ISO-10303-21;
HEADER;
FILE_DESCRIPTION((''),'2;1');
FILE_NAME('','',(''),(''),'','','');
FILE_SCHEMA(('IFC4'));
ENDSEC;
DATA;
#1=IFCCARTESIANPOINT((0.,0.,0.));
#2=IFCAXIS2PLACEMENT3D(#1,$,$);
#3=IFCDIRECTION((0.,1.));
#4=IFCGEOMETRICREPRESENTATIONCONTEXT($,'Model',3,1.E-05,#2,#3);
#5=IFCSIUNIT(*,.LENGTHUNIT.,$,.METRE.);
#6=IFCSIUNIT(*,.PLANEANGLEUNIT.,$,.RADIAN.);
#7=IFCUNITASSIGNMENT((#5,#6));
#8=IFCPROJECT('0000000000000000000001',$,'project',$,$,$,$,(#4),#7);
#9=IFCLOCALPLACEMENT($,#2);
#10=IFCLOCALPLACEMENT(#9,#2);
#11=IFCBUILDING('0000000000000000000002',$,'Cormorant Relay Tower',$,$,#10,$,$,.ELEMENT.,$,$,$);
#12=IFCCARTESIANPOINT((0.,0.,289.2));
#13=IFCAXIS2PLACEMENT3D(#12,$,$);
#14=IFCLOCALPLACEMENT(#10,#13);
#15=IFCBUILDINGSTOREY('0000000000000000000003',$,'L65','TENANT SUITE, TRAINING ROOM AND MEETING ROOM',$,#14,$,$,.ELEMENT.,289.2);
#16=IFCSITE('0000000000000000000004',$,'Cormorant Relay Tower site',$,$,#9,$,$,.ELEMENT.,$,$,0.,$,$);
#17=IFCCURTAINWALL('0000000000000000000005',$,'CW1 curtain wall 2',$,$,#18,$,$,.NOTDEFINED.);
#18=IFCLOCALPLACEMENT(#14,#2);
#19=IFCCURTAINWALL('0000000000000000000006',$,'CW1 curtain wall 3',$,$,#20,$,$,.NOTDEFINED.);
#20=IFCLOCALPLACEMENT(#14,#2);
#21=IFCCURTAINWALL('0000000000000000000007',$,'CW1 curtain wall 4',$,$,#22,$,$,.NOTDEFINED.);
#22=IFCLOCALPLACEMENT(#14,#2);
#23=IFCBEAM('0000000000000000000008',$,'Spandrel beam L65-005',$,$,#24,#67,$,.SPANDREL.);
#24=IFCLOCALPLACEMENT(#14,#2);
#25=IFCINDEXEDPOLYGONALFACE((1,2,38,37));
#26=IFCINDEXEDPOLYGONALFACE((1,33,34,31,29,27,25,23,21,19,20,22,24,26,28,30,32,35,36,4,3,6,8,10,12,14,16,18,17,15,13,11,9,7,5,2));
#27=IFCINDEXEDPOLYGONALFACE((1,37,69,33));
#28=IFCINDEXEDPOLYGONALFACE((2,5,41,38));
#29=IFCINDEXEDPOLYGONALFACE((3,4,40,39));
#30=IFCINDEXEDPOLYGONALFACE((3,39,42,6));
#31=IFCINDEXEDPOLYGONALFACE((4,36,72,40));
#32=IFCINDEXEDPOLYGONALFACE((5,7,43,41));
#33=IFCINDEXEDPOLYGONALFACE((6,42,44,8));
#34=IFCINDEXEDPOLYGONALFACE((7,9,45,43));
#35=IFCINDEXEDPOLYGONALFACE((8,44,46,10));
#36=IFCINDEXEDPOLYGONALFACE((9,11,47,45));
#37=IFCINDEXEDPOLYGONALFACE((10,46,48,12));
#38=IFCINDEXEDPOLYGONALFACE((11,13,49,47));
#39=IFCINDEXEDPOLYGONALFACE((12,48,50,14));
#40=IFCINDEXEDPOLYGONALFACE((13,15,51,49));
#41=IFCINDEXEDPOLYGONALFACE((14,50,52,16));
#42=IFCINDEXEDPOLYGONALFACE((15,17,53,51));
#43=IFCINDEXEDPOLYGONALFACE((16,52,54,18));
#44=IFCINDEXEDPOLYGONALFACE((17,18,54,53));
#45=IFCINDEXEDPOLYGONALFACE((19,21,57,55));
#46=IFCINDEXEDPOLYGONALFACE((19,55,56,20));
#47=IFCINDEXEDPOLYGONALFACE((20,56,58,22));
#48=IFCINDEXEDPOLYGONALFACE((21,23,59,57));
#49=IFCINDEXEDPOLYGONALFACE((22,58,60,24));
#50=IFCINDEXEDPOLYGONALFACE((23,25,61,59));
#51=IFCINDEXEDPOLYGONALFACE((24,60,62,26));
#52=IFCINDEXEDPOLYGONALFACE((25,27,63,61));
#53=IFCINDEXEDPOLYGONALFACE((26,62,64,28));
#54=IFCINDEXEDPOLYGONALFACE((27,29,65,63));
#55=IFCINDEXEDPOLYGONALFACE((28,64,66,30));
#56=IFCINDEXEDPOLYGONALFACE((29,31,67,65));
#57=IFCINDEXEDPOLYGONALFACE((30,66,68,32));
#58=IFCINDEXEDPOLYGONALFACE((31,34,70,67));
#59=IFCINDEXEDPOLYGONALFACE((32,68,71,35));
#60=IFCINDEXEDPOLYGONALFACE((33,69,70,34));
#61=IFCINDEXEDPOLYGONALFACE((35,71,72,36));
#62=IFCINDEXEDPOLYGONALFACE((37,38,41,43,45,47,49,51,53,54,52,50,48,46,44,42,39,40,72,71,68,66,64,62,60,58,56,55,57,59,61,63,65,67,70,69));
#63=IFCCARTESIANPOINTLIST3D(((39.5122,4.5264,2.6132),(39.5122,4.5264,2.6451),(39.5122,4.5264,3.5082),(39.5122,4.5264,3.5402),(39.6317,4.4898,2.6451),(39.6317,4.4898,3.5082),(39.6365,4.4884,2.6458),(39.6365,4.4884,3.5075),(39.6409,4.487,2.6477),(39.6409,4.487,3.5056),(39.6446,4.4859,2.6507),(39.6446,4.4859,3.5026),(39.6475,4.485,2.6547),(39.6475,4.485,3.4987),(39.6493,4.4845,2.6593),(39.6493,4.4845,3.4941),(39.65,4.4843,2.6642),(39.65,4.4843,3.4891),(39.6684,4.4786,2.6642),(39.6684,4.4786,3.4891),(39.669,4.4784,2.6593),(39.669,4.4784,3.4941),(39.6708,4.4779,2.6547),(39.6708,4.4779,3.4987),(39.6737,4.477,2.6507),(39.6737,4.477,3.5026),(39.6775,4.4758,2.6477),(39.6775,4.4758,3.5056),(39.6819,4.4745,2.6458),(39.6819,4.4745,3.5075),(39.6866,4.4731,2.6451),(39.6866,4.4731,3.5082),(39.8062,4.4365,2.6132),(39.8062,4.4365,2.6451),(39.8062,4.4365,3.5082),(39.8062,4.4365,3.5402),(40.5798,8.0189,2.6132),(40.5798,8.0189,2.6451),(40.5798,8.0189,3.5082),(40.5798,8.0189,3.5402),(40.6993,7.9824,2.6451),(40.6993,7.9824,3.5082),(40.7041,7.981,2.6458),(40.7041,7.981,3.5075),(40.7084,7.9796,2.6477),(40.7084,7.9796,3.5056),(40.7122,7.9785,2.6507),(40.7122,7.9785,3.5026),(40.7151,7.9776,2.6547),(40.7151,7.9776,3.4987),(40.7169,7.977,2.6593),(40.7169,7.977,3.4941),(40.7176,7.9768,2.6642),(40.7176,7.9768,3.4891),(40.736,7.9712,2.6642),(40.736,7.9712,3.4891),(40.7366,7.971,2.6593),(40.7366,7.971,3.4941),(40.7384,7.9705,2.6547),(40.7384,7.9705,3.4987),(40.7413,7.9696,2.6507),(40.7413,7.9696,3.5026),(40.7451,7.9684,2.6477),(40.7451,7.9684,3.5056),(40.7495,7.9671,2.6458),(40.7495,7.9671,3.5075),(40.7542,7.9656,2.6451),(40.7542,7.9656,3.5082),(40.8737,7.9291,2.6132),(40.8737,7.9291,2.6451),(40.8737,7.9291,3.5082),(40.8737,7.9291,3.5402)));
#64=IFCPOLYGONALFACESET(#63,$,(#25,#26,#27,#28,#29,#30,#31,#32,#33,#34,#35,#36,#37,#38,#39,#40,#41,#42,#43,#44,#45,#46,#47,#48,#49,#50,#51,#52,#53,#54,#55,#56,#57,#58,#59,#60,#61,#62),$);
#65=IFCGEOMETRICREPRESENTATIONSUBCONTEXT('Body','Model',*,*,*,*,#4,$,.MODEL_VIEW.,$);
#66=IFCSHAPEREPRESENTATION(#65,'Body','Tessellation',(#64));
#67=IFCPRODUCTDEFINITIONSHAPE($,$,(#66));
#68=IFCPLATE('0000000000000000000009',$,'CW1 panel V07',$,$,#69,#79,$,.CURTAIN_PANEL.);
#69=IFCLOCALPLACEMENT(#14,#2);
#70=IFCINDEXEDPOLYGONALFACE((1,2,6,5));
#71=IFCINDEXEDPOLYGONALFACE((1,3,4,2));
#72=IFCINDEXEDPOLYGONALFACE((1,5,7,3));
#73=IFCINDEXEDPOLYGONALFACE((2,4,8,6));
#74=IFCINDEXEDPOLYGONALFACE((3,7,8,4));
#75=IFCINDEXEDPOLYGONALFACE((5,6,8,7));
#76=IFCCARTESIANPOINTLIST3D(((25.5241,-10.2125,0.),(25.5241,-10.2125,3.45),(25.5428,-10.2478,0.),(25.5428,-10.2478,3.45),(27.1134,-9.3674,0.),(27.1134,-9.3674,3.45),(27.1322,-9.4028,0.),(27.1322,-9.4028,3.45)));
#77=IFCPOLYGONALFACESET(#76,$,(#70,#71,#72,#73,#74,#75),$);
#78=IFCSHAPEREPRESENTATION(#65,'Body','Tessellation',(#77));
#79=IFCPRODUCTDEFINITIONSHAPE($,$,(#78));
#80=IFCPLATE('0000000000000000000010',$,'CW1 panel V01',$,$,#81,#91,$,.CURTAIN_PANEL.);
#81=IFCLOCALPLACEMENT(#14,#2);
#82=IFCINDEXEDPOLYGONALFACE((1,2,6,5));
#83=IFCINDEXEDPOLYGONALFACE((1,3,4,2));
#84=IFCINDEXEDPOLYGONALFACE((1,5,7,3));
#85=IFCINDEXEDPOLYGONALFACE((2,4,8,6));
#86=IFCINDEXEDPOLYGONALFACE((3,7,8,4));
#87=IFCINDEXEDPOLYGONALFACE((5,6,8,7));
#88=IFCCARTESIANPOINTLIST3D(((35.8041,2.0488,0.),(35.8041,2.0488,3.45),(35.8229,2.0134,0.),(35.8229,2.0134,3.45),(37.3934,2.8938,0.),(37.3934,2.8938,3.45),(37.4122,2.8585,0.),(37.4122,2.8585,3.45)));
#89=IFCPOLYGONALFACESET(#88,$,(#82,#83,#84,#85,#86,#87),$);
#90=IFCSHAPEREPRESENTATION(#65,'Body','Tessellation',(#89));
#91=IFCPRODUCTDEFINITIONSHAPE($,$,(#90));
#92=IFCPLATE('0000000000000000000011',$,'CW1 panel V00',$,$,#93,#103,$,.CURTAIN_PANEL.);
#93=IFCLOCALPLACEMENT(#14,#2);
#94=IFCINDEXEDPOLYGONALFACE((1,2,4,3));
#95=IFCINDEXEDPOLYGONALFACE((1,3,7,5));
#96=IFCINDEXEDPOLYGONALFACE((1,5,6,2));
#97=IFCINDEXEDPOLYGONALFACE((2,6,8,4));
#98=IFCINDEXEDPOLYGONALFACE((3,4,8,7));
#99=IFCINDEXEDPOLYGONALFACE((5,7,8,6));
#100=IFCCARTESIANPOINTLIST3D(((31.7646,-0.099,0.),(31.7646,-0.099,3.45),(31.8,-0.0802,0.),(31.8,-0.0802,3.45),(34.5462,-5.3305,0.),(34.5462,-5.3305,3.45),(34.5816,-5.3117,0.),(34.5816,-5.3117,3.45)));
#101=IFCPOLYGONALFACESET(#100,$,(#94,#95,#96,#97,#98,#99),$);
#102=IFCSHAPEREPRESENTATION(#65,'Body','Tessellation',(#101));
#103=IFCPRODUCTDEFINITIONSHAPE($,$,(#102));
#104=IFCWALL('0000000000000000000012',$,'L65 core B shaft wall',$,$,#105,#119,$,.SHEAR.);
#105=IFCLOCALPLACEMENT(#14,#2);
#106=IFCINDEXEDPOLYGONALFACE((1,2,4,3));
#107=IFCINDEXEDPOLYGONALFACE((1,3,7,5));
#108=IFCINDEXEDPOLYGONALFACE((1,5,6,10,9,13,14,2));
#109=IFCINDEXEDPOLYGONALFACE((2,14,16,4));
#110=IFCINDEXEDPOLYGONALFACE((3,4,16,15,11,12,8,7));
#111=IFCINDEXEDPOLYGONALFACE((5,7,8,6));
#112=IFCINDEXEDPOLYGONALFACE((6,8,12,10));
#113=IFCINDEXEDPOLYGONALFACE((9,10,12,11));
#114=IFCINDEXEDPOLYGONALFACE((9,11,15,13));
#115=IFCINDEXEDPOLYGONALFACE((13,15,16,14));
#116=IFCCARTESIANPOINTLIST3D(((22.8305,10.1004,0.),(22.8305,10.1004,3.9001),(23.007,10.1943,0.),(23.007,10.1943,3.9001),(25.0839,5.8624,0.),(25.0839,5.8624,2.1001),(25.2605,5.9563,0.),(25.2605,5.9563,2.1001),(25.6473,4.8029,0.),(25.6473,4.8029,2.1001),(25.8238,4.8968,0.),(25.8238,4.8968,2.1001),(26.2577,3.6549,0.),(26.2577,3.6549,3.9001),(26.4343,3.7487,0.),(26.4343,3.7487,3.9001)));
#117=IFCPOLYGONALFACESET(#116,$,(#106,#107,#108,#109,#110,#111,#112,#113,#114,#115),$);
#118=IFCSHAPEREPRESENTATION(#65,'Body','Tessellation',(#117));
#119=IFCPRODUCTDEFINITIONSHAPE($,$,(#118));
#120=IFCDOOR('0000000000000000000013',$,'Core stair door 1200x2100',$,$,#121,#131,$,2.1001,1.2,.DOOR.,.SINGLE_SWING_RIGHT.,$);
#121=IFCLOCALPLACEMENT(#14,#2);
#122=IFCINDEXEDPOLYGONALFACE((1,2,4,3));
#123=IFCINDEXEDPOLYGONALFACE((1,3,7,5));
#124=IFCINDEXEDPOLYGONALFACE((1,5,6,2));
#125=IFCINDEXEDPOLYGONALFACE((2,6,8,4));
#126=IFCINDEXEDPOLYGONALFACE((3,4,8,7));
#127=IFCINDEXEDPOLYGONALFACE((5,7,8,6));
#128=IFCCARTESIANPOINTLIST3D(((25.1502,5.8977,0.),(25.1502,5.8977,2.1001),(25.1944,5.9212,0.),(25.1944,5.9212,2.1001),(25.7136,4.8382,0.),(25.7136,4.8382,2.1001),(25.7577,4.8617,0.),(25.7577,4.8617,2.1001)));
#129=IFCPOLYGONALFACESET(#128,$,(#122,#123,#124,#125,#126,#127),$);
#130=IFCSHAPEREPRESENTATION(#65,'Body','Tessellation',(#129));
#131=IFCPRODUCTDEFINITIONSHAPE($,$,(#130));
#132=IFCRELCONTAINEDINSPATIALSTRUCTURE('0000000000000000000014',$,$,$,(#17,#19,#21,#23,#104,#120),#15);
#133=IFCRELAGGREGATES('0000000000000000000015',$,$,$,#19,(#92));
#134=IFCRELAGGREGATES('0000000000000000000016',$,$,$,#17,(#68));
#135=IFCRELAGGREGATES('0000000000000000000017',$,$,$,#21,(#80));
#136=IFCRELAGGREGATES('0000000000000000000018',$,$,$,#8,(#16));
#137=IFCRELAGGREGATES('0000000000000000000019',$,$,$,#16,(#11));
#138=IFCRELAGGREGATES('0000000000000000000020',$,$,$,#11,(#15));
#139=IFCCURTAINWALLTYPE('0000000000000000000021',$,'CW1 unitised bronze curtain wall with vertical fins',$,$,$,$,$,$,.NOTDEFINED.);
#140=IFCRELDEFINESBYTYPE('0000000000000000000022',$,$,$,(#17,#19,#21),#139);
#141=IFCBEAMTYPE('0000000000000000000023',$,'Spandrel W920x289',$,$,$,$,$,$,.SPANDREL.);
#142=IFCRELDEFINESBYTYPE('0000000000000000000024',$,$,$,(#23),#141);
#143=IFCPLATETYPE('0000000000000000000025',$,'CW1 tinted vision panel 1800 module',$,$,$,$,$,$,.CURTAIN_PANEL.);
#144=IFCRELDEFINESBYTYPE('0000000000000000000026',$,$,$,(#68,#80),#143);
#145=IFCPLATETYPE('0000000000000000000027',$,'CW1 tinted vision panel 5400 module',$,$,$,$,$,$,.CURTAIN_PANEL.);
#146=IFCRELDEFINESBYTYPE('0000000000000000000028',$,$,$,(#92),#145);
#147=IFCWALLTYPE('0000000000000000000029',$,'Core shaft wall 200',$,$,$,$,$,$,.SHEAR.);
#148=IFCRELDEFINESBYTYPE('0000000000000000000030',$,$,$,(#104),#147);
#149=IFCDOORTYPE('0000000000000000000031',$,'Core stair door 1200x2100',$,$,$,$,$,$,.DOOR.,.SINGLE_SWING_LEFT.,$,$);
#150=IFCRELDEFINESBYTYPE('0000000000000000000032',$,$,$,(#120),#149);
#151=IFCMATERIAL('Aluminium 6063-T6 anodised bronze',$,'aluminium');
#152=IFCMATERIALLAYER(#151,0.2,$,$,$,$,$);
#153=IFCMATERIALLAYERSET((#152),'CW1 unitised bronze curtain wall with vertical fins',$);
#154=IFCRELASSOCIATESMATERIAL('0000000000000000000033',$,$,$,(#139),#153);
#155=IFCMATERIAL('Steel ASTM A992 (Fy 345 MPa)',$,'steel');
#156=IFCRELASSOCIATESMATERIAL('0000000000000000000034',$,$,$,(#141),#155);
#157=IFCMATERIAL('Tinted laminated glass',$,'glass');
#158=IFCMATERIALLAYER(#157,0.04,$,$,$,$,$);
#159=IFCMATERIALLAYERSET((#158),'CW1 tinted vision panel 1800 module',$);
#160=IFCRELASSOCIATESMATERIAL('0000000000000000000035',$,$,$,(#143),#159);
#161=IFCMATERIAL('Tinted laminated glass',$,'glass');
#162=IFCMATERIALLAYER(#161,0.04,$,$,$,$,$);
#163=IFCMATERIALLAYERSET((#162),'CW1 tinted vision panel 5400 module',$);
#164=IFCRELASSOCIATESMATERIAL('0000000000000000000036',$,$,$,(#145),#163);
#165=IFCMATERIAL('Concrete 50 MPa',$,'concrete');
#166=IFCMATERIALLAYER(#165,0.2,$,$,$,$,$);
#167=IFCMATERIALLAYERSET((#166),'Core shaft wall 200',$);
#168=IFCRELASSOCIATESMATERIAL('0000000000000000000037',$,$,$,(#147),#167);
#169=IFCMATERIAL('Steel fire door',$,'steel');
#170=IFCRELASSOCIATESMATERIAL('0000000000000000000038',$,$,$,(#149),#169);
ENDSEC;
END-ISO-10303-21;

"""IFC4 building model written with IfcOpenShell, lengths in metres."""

from ifc_helpers import new_model, si_unit, direction, frame, frame_2d, origin, origin_2d, place, context, subcontext, project, spatial, rectangle, i_section, extrude, material, layer, layer_set, material_profile, profile_set, type_object, element, fill, aggregate, save


model = new_model("IFC4")

# Units and contexts
model_context = context("Model", 3, precision=1e-05, world=origin(), true_north=direction((0.0, 1.0)))
body_context = subcontext(model_context, "Body", "Model", "MODEL_VIEW")
ifc_project = project(units=[si_unit("LENGTHUNIT", "METRE"), si_unit("PLANEANGLEUNIT", "RADIAN")], contexts=[model_context])

# Site, building, storey
site_placement = place(None, origin())
site = spatial("IfcSite", under=ifc_project, at=site_placement, Name="Cormorant Relay Tower site", CompositionType="ELEMENT", RefElevation=0.0)
building_placement = place(site_placement, origin())
building = spatial("IfcBuilding", under=site, at=building_placement, Name="Cormorant Relay Tower", CompositionType="ELEMENT")
storey_placement = place(building_placement, frame((0.0, 0.0, 289.2)))
storey = spatial("IfcBuildingStorey", under=building, at=storey_placement, Name="L65", Description="TENANT SUITE, TRAINING ROOM AND MEETING ROOM", CompositionType="ELEMENT", Elevation=289.2)

# Curtain walls
ifc_material_1 = material(Name="Aluminium 6063-T6 anodised bronze", Category="aluminium")
ifc_layer_1 = layer(ifc_material_1, 0.2)
ifc_layer_set_1 = layer_set([ifc_layer_1], Name="CW1 unitised bronze curtain wall with vertical fins")
curtain_wall_type = type_object("IfcCurtainWallType", Name="CW1 unitised bronze curtain wall with vertical fins", PredefinedType="NOTDEFINED", material=ifc_layer_set_1)
curtain_wall_1_placement = place(storey_placement, origin())
curtain_wall_1 = element("IfcCurtainWall", 1, at=curtain_wall_1_placement, inside=storey, type_object=curtain_wall_type, Name="CW1 curtain wall 2", PredefinedType="NOTDEFINED")
curtain_wall_2_placement = place(storey_placement, origin())
curtain_wall_2 = element("IfcCurtainWall", 2, at=curtain_wall_2_placement, inside=storey, type_object=curtain_wall_type, Name="CW1 curtain wall 3", PredefinedType="NOTDEFINED")

# Curtain wall
curtain_wall_3_placement = place(storey_placement, origin())
curtain_wall_3 = element("IfcCurtainWall", 3, at=curtain_wall_3_placement, inside=storey, type_object=curtain_wall_type, Name="CW1 curtain wall 4", PredefinedType="NOTDEFINED")

# Beam
ifc_material_2 = material(Name="Steel ASTM A992 (Fy 345 MPa)", Category="steel")
ifc_material_profile_1 = material_profile(ifc_material_2, i_section(OverallWidth=0.3074, OverallDepth=0.927, WebThickness=0.0193, FlangeThickness=0.032, FilletRadius=0.019, at=origin_2d()), Name="W920x289")
ifc_profile_set_1 = profile_set([ifc_material_profile_1], Name="Steel ASTM A992 (Fy 345 MPa)")
beam_type = type_object("IfcBeamType", Name="Spandrel W920x289", PredefinedType="SPANDREL", material=ifc_profile_set_1)
beam_1_placement = place(storey_placement, frame((39.6592, 4.4814, 3.0767), z_axis=(0.292324, 0.956319, 0.0), x_axis=(-0.956319, 0.292324, 0.0)))
element("IfcBeam", 4, at=beam_1_placement, inside=storey, type_object=beam_type, Name="Spandrel beam L65-005", PredefinedType="SPANDREL", context=body_context, shape_type="SweptSolid", body=[
    extrude(i_section(OverallWidth=0.3074, OverallDepth=0.927, WebThickness=0.0193, FlangeThickness=0.032, FilletRadius=0.019, at=origin_2d()), origin(), (0.0, 0.0, 1.0), 3.6521),
])

# Plates
ifc_material_3 = material(Name="Tinted laminated glass", Category="glass")
ifc_layer_2 = layer(ifc_material_3, 0.04)
ifc_layer_set_2 = layer_set([ifc_layer_2], Name="CW1 tinted vision panel 1800 module")
plate_type_1 = type_object("IfcPlateType", Name="CW1 tinted vision panel 1800 module", PredefinedType="CURTAIN_PANEL", material=ifc_layer_set_2)
plate_1_placement = place(storey_placement, frame((26.3281, -9.8076, 0.0), z_axis=(0.0, 0.0, 1.0), x_axis=(0.882948, 0.469472, 0.0)))
plate_1 = element("IfcPlate", 5, at=plate_1_placement, type_object=plate_type_1, Name="CW1 panel V07", PredefinedType="CURTAIN_PANEL", context=body_context, shape_type="SweptSolid", body=[
    extrude(rectangle(XDim=1.8, YDim=0.04, at=origin_2d()), origin(), (0.0, 0.0, 1.0), 3.45),
])
plate_2_placement = place(storey_placement, frame((36.6082, 2.4536, 0.0), z_axis=(0.0, 0.0, 1.0), x_axis=(0.882948, 0.469472, 0.0)))
plate_2 = element("IfcPlate", 6, at=plate_2_placement, type_object=plate_type_1, Name="CW1 panel V01", PredefinedType="CURTAIN_PANEL", context=body_context, shape_type="SweptSolid", body=[
    extrude(rectangle(XDim=1.8, YDim=0.04, at=origin_2d()), origin(), (0.0, 0.0, 1.0), 3.45),
])
ifc_material_4 = material(Name="Tinted laminated glass", Category="glass")
ifc_layer_3 = layer(ifc_material_4, 0.04)
ifc_layer_set_3 = layer_set([ifc_layer_3], Name="CW1 tinted vision panel 5400 module")
plate_type_2 = type_object("IfcPlateType", Name="CW1 tinted vision panel 5400 module", PredefinedType="CURTAIN_PANEL", material=ifc_layer_set_3)
plate_3_placement = place(storey_placement, frame((33.1731, -2.7053, 0.0), z_axis=(0.0, 0.0, 1.0), x_axis=(-0.469472, 0.882948, 0.0)))
plate_3 = element("IfcPlate", 7, at=plate_3_placement, type_object=plate_type_2, Name="CW1 panel V00", PredefinedType="CURTAIN_PANEL", context=body_context, shape_type="SweptSolid", body=[
    extrude(rectangle(XDim=5.925, YDim=0.04, at=origin_2d()), origin(), (0.0, 0.0, 1.0), 3.45),
])
aggregate(curtain_wall_2, [plate_3])

# Wall, opening, door
ifc_material_5 = material(Name="Concrete 50 MPa", Category="concrete")
ifc_layer_4 = layer(ifc_material_5, 0.2)
ifc_layer_set_4 = layer_set([ifc_layer_4], Name="Core shaft wall 200")
wall_type_1 = type_object("IfcWallType", Name="Core shaft wall 200", PredefinedType="SHEAR", material=ifc_layer_set_4)
wall_1_placement = place(storey_placement, frame((26.3459, 3.7019, 0.0), z_axis=(0.0, 0.0, 1.0), x_axis=(-0.46948, 0.882943, 0.0)))
wall_1 = element("IfcWall", 8, at=wall_1_placement, inside=storey, type_object=wall_type_1, Name="L65 core B shaft wall", PredefinedType="SHEAR", context=body_context, shape_type="SweptSolid", body=[
    extrude(rectangle(XDim=7.3, YDim=0.2, at=frame_2d((3.6499, 0.0))), origin(), (0.0, 0.0, 1.0), 3.9001),
])
opening_1_placement = place(wall_1_placement, frame((1.3, 0.0, 0.0)))
opening_1 = element("IfcOpeningElement", 9, at=opening_1_placement, cuts=wall_1, PredefinedType="OPENING", context=body_context, shape_type="SweptSolid", body=[
    extrude(rectangle(XDim=1.2, YDim=2.1001, at=frame_2d((0.6001, 1.05))), frame((0.0, 0.1099, 0.0), z_axis=(0.0, -1.0, 0.0), x_axis=(1.0, 0.0, 0.0)), (0.0, 0.0, 1.0), 0.22),
])
ifc_material_6 = material(Name="Steel fire door", Category="steel")
door_type_1 = type_object("IfcDoorType", Name="Core stair door 1200x2100", OperationType="SINGLE_SWING_LEFT", PredefinedType="DOOR", material=ifc_material_6)
door_1_placement = place(opening_1_placement, origin())
door_1 = element("IfcDoor", 10, at=door_1_placement, inside=storey, type_object=door_type_1, Name="Core stair door 1200x2100", OperationType="SINGLE_SWING_RIGHT", OverallHeight=2.1001, OverallWidth=1.2, PredefinedType="DOOR", context=body_context, shape_type="SweptSolid", body=[
    extrude(rectangle(XDim=1.2, YDim=2.1001, at=frame_2d((0.6001, 1.05))), frame((0.0, 0.0249, 0.0), z_axis=(0.0, -1.0, 0.0), x_axis=(1.0, 0.0, 0.0)), (0.0, 0.0, 1.0), 0.05),
])
fill(opening_1, door_1)

aggregate(curtain_wall_1, [plate_1])
aggregate(curtain_wall_3, [plate_2])

save(model, "model.ifc")
